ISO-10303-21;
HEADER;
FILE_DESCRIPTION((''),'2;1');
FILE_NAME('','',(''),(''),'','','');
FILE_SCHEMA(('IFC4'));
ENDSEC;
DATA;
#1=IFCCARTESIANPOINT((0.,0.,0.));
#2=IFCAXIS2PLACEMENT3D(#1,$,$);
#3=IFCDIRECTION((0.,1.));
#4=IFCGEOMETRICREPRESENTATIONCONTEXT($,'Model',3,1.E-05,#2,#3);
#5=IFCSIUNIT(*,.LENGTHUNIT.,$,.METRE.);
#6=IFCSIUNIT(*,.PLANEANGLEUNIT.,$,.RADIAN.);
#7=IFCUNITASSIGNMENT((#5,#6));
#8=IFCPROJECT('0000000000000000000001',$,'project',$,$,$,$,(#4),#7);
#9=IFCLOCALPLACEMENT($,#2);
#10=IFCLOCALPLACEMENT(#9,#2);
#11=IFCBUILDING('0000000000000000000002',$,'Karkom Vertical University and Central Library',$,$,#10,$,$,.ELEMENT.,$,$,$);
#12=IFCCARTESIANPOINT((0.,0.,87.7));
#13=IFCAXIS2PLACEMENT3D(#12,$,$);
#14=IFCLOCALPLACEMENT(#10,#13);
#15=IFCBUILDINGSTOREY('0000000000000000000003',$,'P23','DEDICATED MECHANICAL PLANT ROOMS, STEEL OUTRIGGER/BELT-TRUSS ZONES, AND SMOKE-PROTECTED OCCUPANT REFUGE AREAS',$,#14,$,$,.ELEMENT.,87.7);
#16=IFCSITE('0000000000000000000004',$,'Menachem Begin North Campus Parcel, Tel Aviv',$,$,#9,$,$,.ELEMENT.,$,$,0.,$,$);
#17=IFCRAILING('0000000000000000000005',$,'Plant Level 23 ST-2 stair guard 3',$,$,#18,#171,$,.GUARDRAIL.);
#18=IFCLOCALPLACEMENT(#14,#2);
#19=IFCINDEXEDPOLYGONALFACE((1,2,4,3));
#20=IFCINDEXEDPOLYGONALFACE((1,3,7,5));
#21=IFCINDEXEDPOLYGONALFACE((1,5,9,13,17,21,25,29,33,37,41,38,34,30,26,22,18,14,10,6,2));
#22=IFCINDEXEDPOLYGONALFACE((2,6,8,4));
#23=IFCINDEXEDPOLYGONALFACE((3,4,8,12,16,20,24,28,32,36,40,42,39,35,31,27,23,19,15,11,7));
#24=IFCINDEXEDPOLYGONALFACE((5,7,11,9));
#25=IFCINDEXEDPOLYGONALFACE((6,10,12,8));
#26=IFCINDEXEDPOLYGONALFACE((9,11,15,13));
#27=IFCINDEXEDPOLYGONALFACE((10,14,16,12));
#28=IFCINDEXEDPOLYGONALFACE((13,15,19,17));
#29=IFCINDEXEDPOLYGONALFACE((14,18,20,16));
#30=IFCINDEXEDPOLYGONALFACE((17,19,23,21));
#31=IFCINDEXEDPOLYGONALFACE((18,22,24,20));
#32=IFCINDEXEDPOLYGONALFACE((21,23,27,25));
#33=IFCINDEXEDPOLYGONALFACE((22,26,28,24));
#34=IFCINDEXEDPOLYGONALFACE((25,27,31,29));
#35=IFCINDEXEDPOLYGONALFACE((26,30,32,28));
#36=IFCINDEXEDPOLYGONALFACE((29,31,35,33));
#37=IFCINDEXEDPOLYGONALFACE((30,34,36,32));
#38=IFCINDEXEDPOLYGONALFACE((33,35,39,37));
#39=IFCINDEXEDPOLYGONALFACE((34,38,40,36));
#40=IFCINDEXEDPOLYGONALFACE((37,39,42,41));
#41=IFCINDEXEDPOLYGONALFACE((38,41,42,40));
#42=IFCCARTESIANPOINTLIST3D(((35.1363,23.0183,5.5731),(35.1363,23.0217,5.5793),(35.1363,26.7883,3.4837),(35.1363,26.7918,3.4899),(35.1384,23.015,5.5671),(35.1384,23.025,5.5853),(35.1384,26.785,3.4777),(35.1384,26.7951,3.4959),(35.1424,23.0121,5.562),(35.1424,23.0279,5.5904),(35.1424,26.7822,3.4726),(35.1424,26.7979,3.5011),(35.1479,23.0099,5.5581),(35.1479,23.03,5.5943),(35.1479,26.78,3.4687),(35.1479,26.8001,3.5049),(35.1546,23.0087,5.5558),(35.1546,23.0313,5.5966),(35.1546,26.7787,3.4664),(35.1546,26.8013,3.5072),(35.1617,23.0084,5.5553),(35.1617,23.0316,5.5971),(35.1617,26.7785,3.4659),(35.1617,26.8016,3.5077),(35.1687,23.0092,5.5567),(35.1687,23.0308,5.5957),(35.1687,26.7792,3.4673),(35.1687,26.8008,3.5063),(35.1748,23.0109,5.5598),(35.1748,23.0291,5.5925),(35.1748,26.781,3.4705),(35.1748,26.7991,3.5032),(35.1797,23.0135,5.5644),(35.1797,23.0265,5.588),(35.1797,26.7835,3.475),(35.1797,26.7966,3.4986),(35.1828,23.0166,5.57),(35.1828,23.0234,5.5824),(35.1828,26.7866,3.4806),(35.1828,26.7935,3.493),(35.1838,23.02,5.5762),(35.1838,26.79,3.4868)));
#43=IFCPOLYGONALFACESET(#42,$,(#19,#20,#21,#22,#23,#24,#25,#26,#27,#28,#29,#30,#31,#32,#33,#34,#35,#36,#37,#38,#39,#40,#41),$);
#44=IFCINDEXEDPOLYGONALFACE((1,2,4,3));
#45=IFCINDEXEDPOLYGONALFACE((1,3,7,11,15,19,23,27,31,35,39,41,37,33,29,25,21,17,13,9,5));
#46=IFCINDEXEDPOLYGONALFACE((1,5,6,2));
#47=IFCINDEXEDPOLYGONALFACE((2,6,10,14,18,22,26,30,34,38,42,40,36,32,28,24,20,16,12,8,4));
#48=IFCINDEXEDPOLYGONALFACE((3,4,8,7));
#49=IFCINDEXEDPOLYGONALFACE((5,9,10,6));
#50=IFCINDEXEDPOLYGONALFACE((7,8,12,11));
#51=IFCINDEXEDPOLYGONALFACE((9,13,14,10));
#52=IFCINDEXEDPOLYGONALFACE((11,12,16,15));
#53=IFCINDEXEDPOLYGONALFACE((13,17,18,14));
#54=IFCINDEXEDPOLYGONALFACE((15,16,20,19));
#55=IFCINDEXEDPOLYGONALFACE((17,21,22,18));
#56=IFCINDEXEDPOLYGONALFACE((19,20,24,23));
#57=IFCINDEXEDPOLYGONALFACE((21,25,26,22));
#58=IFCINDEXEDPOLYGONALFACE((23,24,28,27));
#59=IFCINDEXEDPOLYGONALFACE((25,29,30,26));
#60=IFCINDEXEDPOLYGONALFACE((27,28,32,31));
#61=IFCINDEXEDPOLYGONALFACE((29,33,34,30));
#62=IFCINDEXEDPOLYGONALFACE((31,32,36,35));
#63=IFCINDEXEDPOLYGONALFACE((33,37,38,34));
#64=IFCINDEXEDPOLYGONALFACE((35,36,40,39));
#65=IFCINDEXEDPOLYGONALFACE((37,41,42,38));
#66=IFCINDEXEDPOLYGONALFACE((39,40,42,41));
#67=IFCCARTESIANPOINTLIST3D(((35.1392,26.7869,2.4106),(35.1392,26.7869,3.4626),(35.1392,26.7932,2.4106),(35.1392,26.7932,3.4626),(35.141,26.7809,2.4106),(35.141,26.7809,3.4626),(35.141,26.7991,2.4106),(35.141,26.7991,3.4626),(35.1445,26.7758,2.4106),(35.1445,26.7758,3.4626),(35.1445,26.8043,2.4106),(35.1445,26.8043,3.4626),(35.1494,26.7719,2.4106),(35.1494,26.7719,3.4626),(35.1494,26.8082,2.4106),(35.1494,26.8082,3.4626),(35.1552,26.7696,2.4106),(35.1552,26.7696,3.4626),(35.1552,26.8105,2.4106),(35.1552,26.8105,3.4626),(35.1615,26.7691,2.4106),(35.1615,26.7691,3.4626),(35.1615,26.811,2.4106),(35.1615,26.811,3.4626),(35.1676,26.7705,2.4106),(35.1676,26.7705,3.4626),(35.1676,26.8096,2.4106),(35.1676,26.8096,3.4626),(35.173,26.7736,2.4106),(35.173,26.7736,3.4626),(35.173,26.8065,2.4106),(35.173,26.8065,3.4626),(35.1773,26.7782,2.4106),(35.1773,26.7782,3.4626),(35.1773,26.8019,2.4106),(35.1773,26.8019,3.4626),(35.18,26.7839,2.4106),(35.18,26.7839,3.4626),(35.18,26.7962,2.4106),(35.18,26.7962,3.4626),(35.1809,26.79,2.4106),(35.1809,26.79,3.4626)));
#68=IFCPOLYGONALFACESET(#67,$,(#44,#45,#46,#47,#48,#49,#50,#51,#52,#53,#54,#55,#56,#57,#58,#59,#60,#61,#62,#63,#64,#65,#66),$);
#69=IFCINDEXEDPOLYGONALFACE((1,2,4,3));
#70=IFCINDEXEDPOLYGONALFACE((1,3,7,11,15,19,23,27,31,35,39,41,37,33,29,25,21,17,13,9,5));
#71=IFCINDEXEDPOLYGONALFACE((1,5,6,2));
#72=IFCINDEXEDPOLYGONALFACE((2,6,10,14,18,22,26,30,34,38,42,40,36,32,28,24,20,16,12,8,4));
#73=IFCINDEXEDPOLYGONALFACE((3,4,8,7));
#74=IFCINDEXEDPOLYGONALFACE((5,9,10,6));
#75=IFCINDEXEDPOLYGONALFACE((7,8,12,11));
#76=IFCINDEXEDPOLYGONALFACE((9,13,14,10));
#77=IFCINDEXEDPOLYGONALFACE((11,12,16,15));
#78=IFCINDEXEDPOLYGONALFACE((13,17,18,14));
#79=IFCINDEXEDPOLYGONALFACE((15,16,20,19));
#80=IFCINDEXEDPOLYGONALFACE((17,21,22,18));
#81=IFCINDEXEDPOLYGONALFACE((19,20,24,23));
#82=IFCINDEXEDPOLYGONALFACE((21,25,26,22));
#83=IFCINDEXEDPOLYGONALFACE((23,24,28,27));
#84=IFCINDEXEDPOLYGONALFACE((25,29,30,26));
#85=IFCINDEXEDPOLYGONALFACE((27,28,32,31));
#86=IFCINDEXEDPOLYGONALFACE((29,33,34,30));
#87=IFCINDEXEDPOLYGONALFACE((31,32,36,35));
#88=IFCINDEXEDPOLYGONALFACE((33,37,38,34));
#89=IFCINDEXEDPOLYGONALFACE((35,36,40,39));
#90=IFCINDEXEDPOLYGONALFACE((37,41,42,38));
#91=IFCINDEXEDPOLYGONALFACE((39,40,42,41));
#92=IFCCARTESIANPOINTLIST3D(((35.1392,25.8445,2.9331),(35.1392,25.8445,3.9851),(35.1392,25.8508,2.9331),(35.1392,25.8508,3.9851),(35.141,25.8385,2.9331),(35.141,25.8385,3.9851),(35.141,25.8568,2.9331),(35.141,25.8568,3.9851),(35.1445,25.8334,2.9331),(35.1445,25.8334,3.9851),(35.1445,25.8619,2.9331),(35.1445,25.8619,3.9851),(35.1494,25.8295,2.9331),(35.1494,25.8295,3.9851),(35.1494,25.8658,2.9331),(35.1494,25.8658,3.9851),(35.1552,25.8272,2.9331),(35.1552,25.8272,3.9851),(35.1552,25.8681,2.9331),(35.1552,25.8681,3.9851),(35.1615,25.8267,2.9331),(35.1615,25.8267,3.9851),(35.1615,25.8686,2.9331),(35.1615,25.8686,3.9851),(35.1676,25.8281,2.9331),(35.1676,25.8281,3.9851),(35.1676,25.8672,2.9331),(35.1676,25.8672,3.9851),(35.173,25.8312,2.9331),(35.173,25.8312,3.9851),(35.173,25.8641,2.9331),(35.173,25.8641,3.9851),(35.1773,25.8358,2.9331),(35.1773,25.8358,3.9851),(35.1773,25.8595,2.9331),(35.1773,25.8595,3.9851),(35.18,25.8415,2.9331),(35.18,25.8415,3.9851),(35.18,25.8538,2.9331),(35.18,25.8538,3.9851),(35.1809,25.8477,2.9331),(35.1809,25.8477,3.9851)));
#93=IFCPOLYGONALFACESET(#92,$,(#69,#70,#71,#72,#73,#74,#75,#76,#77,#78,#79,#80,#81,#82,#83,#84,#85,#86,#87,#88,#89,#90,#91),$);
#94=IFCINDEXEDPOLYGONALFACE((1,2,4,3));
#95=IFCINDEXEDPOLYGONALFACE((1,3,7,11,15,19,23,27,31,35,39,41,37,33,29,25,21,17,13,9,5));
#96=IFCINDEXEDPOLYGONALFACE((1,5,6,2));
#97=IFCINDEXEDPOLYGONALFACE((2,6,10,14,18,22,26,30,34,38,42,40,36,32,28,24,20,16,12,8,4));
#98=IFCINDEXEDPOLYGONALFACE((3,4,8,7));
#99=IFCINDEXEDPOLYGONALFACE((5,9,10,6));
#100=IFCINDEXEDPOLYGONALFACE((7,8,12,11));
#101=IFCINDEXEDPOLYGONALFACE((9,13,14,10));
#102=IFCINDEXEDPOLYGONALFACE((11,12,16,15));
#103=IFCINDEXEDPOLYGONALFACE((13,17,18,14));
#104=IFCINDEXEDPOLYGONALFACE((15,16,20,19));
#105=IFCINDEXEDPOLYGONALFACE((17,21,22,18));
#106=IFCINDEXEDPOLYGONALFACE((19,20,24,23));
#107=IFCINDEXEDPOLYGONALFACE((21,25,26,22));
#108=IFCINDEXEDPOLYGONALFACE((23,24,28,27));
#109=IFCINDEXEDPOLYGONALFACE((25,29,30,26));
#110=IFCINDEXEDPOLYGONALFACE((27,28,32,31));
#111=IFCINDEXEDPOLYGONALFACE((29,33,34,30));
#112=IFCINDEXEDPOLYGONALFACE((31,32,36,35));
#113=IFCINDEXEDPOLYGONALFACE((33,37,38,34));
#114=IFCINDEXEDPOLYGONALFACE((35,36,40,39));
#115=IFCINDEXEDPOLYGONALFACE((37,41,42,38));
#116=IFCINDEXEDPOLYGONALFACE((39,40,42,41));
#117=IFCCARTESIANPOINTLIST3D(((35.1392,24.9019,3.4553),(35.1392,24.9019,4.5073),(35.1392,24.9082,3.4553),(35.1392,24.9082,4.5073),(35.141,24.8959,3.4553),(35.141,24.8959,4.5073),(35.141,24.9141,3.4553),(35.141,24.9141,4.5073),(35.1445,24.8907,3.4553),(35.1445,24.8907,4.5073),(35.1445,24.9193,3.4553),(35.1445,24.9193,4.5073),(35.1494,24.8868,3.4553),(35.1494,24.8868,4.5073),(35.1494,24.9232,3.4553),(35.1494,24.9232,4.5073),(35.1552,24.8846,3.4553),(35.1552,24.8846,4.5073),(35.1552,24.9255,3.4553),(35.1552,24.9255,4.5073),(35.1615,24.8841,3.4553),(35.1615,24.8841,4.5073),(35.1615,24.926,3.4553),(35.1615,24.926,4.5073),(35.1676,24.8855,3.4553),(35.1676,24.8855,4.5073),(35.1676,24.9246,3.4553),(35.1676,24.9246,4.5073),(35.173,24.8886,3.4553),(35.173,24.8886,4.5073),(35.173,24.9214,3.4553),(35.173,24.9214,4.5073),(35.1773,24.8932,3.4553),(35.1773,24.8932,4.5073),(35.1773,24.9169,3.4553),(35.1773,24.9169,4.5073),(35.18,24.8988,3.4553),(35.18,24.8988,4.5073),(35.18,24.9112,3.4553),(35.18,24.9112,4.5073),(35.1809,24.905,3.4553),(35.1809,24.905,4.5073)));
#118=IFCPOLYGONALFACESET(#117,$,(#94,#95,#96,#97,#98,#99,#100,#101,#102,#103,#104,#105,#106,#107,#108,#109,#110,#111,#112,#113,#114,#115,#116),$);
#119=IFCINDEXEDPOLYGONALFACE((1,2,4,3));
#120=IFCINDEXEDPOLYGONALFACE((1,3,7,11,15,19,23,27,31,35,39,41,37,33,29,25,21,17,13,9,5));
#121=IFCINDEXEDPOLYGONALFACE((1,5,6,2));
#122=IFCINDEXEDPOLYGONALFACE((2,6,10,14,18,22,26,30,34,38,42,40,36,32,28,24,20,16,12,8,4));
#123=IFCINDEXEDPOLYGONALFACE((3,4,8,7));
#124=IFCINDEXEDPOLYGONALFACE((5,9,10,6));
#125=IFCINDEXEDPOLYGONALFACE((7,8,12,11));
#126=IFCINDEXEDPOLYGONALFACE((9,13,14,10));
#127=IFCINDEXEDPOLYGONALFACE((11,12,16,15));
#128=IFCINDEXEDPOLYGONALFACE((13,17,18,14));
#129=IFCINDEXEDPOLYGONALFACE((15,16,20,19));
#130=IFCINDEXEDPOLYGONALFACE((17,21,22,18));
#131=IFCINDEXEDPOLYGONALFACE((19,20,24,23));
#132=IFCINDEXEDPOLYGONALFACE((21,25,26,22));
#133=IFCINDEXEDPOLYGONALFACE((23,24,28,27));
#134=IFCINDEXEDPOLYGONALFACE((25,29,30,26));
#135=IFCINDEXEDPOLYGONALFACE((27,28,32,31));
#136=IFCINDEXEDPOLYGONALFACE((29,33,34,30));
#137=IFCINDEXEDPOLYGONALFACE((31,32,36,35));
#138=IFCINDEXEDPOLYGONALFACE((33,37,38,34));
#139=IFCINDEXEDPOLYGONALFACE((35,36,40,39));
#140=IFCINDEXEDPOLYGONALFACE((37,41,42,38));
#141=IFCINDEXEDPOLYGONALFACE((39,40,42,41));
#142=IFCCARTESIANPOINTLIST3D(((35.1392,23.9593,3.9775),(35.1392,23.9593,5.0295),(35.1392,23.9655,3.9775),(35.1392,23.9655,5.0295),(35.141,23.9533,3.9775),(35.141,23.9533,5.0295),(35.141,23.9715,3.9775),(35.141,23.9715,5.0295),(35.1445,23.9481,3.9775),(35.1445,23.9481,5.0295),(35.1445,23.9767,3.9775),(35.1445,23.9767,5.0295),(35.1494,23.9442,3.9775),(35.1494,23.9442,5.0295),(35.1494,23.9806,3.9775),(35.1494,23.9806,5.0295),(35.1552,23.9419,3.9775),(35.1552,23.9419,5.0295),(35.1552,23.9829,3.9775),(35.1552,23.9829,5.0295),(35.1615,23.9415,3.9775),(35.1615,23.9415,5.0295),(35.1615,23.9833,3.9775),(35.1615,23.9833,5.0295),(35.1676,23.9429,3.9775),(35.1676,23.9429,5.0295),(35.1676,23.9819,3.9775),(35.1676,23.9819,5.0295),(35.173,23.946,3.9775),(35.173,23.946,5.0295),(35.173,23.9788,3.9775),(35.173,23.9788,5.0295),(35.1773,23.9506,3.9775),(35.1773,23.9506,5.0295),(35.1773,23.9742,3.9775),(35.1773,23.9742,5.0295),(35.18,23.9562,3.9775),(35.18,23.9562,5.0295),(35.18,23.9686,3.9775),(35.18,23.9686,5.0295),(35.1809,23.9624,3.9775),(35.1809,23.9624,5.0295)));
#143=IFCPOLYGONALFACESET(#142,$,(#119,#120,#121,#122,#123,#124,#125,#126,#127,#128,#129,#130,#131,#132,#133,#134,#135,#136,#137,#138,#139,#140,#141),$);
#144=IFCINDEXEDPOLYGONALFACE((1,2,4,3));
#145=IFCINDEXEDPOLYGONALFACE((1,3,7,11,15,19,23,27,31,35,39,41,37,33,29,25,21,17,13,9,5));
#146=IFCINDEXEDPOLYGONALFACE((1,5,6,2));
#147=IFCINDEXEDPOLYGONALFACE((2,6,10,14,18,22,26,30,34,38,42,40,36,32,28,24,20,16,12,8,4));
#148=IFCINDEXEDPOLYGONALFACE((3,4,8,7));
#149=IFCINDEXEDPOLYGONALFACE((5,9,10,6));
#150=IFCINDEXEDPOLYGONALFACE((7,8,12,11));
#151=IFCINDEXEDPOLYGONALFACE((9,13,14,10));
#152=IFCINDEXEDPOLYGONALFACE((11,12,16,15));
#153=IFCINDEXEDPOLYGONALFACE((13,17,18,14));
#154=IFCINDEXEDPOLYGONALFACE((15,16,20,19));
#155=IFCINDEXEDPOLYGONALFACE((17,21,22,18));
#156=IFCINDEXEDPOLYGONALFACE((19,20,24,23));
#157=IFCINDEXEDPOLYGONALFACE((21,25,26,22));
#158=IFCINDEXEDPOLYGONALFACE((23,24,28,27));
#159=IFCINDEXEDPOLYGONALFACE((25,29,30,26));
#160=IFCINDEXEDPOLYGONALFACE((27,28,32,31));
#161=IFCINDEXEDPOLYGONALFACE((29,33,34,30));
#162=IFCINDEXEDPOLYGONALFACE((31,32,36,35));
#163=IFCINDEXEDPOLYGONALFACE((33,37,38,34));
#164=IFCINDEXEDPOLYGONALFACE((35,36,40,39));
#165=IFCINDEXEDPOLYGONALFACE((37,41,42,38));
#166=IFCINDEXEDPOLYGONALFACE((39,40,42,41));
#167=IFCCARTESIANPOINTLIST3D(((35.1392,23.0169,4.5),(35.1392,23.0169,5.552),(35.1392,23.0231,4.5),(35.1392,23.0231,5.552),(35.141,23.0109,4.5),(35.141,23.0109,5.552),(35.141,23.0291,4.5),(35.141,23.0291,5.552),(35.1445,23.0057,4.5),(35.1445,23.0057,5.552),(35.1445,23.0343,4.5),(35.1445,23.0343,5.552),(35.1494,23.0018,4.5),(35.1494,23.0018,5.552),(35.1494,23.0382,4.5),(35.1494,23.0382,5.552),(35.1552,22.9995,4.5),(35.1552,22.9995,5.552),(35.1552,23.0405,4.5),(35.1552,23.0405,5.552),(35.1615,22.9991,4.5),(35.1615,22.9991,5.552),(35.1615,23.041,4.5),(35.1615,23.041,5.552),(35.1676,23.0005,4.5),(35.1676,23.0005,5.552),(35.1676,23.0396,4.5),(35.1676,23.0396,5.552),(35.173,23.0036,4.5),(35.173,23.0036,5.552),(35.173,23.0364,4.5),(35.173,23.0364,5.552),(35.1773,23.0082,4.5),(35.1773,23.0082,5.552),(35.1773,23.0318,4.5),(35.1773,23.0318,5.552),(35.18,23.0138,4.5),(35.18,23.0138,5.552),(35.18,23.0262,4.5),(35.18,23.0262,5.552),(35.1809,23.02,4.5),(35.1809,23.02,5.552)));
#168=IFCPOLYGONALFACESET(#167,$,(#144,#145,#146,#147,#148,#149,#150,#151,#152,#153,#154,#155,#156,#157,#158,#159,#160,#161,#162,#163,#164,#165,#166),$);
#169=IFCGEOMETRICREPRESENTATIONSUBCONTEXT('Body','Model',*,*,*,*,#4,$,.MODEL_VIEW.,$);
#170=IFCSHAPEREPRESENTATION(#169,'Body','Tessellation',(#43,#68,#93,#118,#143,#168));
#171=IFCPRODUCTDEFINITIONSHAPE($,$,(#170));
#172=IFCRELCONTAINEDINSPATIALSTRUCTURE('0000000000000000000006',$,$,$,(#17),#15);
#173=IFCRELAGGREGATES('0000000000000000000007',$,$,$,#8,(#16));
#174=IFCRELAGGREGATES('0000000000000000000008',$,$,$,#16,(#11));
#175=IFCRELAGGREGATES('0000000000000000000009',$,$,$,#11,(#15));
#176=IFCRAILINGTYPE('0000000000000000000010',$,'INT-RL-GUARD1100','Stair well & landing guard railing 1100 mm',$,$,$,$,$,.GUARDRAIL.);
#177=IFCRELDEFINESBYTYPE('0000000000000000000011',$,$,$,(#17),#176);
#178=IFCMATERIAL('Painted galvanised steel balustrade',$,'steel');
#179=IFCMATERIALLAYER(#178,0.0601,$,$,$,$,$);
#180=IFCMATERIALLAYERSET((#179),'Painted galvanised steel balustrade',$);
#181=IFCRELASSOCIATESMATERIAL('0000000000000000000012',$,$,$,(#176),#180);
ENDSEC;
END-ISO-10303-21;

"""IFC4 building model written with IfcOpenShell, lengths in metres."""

from ifc_helpers import new_model, si_unit, direction, frame, origin, origin_2d, place, context, subcontext, project, spatial, circle, extrude, material, layer, layer_set, type_object, element, save


model = new_model("IFC4")

# Units and contexts
model_context = context("Model", 3, precision=1e-05, world=origin(), true_north=direction((0.0, 1.0)))
body_context = subcontext(model_context, "Body", "Model", "MODEL_VIEW")
ifc_project = project(units=[si_unit("LENGTHUNIT", "METRE"), si_unit("PLANEANGLEUNIT", "RADIAN")], contexts=[model_context])

# Site, building, storey
site_placement = place(None, origin())
site = spatial("IfcSite", under=ifc_project, at=site_placement, Name="Menachem Begin North Campus Parcel, Tel Aviv", CompositionType="ELEMENT", RefElevation=0.0)
building_placement = place(site_placement, origin())
building = spatial("IfcBuilding", under=site, at=building_placement, Name="Karkom Vertical University and Central Library", CompositionType="ELEMENT")
storey_placement = place(building_placement, frame((0.0, 0.0, 87.7)))
storey = spatial("IfcBuildingStorey", under=building, at=storey_placement, Name="P23", Description="DEDICATED MECHANICAL PLANT ROOMS, STEEL OUTRIGGER/BELT-TRUSS ZONES, AND SMOKE-PROTECTED OCCUPANT REFUGE AREAS", CompositionType="ELEMENT", Elevation=87.7)

# Railing
ifc_material_1 = material(Name="Painted galvanised steel balustrade", Category="steel")
ifc_layer_1 = layer(ifc_material_1, 0.0601)
ifc_layer_set_1 = layer_set([ifc_layer_1], Name="Painted galvanised steel balustrade")
railing_type_1 = type_object("IfcRailingType", Name="INT-RL-GUARD1100", Description="Stair well & landing guard railing 1100 mm", PredefinedType="GUARDRAIL", material=ifc_layer_set_1)
railing_1_placement = place(storey_placement, frame((35.1599, 26.79, 2.4106)))
element("IfcRailing", 1, at=railing_1_placement, inside=storey, type_object=railing_type_1, Name="Plant Level 23 ST-2 stair guard 3", PredefinedType="GUARDRAIL", context=body_context, shape_type="SweptSolid", body=[
    extrude(circle(Radius=0.0239, at=origin_2d()), frame((0.0, 0.0, 1.0762), z_axis=(0.0, -0.874659, 0.484739), x_axis=(1.0, 0.0, 0.0)), (0.0, 0.0, 1.0), 4.3103),
    extrude(circle(Radius=0.021, at=origin_2d()), origin(), (0.0, 0.0, 1.0), 1.052),
    extrude(circle(Radius=0.021, at=origin_2d()), frame((0.0, -0.9424, 0.5225)), (0.0, 0.0, 1.0), 1.052),
    extrude(circle(Radius=0.021, at=origin_2d()), frame((0.0, -1.885, 1.0447)), (0.0, 0.0, 1.0), 1.052),
    extrude(circle(Radius=0.021, at=origin_2d()), frame((0.0, -2.8276, 1.5669)), (0.0, 0.0, 1.0), 1.052),
    extrude(circle(Radius=0.021, at=origin_2d()), frame((0.0, -3.77, 2.0894)), (0.0, 0.0, 1.0), 1.052),
])

save(model, "model.ifc")
